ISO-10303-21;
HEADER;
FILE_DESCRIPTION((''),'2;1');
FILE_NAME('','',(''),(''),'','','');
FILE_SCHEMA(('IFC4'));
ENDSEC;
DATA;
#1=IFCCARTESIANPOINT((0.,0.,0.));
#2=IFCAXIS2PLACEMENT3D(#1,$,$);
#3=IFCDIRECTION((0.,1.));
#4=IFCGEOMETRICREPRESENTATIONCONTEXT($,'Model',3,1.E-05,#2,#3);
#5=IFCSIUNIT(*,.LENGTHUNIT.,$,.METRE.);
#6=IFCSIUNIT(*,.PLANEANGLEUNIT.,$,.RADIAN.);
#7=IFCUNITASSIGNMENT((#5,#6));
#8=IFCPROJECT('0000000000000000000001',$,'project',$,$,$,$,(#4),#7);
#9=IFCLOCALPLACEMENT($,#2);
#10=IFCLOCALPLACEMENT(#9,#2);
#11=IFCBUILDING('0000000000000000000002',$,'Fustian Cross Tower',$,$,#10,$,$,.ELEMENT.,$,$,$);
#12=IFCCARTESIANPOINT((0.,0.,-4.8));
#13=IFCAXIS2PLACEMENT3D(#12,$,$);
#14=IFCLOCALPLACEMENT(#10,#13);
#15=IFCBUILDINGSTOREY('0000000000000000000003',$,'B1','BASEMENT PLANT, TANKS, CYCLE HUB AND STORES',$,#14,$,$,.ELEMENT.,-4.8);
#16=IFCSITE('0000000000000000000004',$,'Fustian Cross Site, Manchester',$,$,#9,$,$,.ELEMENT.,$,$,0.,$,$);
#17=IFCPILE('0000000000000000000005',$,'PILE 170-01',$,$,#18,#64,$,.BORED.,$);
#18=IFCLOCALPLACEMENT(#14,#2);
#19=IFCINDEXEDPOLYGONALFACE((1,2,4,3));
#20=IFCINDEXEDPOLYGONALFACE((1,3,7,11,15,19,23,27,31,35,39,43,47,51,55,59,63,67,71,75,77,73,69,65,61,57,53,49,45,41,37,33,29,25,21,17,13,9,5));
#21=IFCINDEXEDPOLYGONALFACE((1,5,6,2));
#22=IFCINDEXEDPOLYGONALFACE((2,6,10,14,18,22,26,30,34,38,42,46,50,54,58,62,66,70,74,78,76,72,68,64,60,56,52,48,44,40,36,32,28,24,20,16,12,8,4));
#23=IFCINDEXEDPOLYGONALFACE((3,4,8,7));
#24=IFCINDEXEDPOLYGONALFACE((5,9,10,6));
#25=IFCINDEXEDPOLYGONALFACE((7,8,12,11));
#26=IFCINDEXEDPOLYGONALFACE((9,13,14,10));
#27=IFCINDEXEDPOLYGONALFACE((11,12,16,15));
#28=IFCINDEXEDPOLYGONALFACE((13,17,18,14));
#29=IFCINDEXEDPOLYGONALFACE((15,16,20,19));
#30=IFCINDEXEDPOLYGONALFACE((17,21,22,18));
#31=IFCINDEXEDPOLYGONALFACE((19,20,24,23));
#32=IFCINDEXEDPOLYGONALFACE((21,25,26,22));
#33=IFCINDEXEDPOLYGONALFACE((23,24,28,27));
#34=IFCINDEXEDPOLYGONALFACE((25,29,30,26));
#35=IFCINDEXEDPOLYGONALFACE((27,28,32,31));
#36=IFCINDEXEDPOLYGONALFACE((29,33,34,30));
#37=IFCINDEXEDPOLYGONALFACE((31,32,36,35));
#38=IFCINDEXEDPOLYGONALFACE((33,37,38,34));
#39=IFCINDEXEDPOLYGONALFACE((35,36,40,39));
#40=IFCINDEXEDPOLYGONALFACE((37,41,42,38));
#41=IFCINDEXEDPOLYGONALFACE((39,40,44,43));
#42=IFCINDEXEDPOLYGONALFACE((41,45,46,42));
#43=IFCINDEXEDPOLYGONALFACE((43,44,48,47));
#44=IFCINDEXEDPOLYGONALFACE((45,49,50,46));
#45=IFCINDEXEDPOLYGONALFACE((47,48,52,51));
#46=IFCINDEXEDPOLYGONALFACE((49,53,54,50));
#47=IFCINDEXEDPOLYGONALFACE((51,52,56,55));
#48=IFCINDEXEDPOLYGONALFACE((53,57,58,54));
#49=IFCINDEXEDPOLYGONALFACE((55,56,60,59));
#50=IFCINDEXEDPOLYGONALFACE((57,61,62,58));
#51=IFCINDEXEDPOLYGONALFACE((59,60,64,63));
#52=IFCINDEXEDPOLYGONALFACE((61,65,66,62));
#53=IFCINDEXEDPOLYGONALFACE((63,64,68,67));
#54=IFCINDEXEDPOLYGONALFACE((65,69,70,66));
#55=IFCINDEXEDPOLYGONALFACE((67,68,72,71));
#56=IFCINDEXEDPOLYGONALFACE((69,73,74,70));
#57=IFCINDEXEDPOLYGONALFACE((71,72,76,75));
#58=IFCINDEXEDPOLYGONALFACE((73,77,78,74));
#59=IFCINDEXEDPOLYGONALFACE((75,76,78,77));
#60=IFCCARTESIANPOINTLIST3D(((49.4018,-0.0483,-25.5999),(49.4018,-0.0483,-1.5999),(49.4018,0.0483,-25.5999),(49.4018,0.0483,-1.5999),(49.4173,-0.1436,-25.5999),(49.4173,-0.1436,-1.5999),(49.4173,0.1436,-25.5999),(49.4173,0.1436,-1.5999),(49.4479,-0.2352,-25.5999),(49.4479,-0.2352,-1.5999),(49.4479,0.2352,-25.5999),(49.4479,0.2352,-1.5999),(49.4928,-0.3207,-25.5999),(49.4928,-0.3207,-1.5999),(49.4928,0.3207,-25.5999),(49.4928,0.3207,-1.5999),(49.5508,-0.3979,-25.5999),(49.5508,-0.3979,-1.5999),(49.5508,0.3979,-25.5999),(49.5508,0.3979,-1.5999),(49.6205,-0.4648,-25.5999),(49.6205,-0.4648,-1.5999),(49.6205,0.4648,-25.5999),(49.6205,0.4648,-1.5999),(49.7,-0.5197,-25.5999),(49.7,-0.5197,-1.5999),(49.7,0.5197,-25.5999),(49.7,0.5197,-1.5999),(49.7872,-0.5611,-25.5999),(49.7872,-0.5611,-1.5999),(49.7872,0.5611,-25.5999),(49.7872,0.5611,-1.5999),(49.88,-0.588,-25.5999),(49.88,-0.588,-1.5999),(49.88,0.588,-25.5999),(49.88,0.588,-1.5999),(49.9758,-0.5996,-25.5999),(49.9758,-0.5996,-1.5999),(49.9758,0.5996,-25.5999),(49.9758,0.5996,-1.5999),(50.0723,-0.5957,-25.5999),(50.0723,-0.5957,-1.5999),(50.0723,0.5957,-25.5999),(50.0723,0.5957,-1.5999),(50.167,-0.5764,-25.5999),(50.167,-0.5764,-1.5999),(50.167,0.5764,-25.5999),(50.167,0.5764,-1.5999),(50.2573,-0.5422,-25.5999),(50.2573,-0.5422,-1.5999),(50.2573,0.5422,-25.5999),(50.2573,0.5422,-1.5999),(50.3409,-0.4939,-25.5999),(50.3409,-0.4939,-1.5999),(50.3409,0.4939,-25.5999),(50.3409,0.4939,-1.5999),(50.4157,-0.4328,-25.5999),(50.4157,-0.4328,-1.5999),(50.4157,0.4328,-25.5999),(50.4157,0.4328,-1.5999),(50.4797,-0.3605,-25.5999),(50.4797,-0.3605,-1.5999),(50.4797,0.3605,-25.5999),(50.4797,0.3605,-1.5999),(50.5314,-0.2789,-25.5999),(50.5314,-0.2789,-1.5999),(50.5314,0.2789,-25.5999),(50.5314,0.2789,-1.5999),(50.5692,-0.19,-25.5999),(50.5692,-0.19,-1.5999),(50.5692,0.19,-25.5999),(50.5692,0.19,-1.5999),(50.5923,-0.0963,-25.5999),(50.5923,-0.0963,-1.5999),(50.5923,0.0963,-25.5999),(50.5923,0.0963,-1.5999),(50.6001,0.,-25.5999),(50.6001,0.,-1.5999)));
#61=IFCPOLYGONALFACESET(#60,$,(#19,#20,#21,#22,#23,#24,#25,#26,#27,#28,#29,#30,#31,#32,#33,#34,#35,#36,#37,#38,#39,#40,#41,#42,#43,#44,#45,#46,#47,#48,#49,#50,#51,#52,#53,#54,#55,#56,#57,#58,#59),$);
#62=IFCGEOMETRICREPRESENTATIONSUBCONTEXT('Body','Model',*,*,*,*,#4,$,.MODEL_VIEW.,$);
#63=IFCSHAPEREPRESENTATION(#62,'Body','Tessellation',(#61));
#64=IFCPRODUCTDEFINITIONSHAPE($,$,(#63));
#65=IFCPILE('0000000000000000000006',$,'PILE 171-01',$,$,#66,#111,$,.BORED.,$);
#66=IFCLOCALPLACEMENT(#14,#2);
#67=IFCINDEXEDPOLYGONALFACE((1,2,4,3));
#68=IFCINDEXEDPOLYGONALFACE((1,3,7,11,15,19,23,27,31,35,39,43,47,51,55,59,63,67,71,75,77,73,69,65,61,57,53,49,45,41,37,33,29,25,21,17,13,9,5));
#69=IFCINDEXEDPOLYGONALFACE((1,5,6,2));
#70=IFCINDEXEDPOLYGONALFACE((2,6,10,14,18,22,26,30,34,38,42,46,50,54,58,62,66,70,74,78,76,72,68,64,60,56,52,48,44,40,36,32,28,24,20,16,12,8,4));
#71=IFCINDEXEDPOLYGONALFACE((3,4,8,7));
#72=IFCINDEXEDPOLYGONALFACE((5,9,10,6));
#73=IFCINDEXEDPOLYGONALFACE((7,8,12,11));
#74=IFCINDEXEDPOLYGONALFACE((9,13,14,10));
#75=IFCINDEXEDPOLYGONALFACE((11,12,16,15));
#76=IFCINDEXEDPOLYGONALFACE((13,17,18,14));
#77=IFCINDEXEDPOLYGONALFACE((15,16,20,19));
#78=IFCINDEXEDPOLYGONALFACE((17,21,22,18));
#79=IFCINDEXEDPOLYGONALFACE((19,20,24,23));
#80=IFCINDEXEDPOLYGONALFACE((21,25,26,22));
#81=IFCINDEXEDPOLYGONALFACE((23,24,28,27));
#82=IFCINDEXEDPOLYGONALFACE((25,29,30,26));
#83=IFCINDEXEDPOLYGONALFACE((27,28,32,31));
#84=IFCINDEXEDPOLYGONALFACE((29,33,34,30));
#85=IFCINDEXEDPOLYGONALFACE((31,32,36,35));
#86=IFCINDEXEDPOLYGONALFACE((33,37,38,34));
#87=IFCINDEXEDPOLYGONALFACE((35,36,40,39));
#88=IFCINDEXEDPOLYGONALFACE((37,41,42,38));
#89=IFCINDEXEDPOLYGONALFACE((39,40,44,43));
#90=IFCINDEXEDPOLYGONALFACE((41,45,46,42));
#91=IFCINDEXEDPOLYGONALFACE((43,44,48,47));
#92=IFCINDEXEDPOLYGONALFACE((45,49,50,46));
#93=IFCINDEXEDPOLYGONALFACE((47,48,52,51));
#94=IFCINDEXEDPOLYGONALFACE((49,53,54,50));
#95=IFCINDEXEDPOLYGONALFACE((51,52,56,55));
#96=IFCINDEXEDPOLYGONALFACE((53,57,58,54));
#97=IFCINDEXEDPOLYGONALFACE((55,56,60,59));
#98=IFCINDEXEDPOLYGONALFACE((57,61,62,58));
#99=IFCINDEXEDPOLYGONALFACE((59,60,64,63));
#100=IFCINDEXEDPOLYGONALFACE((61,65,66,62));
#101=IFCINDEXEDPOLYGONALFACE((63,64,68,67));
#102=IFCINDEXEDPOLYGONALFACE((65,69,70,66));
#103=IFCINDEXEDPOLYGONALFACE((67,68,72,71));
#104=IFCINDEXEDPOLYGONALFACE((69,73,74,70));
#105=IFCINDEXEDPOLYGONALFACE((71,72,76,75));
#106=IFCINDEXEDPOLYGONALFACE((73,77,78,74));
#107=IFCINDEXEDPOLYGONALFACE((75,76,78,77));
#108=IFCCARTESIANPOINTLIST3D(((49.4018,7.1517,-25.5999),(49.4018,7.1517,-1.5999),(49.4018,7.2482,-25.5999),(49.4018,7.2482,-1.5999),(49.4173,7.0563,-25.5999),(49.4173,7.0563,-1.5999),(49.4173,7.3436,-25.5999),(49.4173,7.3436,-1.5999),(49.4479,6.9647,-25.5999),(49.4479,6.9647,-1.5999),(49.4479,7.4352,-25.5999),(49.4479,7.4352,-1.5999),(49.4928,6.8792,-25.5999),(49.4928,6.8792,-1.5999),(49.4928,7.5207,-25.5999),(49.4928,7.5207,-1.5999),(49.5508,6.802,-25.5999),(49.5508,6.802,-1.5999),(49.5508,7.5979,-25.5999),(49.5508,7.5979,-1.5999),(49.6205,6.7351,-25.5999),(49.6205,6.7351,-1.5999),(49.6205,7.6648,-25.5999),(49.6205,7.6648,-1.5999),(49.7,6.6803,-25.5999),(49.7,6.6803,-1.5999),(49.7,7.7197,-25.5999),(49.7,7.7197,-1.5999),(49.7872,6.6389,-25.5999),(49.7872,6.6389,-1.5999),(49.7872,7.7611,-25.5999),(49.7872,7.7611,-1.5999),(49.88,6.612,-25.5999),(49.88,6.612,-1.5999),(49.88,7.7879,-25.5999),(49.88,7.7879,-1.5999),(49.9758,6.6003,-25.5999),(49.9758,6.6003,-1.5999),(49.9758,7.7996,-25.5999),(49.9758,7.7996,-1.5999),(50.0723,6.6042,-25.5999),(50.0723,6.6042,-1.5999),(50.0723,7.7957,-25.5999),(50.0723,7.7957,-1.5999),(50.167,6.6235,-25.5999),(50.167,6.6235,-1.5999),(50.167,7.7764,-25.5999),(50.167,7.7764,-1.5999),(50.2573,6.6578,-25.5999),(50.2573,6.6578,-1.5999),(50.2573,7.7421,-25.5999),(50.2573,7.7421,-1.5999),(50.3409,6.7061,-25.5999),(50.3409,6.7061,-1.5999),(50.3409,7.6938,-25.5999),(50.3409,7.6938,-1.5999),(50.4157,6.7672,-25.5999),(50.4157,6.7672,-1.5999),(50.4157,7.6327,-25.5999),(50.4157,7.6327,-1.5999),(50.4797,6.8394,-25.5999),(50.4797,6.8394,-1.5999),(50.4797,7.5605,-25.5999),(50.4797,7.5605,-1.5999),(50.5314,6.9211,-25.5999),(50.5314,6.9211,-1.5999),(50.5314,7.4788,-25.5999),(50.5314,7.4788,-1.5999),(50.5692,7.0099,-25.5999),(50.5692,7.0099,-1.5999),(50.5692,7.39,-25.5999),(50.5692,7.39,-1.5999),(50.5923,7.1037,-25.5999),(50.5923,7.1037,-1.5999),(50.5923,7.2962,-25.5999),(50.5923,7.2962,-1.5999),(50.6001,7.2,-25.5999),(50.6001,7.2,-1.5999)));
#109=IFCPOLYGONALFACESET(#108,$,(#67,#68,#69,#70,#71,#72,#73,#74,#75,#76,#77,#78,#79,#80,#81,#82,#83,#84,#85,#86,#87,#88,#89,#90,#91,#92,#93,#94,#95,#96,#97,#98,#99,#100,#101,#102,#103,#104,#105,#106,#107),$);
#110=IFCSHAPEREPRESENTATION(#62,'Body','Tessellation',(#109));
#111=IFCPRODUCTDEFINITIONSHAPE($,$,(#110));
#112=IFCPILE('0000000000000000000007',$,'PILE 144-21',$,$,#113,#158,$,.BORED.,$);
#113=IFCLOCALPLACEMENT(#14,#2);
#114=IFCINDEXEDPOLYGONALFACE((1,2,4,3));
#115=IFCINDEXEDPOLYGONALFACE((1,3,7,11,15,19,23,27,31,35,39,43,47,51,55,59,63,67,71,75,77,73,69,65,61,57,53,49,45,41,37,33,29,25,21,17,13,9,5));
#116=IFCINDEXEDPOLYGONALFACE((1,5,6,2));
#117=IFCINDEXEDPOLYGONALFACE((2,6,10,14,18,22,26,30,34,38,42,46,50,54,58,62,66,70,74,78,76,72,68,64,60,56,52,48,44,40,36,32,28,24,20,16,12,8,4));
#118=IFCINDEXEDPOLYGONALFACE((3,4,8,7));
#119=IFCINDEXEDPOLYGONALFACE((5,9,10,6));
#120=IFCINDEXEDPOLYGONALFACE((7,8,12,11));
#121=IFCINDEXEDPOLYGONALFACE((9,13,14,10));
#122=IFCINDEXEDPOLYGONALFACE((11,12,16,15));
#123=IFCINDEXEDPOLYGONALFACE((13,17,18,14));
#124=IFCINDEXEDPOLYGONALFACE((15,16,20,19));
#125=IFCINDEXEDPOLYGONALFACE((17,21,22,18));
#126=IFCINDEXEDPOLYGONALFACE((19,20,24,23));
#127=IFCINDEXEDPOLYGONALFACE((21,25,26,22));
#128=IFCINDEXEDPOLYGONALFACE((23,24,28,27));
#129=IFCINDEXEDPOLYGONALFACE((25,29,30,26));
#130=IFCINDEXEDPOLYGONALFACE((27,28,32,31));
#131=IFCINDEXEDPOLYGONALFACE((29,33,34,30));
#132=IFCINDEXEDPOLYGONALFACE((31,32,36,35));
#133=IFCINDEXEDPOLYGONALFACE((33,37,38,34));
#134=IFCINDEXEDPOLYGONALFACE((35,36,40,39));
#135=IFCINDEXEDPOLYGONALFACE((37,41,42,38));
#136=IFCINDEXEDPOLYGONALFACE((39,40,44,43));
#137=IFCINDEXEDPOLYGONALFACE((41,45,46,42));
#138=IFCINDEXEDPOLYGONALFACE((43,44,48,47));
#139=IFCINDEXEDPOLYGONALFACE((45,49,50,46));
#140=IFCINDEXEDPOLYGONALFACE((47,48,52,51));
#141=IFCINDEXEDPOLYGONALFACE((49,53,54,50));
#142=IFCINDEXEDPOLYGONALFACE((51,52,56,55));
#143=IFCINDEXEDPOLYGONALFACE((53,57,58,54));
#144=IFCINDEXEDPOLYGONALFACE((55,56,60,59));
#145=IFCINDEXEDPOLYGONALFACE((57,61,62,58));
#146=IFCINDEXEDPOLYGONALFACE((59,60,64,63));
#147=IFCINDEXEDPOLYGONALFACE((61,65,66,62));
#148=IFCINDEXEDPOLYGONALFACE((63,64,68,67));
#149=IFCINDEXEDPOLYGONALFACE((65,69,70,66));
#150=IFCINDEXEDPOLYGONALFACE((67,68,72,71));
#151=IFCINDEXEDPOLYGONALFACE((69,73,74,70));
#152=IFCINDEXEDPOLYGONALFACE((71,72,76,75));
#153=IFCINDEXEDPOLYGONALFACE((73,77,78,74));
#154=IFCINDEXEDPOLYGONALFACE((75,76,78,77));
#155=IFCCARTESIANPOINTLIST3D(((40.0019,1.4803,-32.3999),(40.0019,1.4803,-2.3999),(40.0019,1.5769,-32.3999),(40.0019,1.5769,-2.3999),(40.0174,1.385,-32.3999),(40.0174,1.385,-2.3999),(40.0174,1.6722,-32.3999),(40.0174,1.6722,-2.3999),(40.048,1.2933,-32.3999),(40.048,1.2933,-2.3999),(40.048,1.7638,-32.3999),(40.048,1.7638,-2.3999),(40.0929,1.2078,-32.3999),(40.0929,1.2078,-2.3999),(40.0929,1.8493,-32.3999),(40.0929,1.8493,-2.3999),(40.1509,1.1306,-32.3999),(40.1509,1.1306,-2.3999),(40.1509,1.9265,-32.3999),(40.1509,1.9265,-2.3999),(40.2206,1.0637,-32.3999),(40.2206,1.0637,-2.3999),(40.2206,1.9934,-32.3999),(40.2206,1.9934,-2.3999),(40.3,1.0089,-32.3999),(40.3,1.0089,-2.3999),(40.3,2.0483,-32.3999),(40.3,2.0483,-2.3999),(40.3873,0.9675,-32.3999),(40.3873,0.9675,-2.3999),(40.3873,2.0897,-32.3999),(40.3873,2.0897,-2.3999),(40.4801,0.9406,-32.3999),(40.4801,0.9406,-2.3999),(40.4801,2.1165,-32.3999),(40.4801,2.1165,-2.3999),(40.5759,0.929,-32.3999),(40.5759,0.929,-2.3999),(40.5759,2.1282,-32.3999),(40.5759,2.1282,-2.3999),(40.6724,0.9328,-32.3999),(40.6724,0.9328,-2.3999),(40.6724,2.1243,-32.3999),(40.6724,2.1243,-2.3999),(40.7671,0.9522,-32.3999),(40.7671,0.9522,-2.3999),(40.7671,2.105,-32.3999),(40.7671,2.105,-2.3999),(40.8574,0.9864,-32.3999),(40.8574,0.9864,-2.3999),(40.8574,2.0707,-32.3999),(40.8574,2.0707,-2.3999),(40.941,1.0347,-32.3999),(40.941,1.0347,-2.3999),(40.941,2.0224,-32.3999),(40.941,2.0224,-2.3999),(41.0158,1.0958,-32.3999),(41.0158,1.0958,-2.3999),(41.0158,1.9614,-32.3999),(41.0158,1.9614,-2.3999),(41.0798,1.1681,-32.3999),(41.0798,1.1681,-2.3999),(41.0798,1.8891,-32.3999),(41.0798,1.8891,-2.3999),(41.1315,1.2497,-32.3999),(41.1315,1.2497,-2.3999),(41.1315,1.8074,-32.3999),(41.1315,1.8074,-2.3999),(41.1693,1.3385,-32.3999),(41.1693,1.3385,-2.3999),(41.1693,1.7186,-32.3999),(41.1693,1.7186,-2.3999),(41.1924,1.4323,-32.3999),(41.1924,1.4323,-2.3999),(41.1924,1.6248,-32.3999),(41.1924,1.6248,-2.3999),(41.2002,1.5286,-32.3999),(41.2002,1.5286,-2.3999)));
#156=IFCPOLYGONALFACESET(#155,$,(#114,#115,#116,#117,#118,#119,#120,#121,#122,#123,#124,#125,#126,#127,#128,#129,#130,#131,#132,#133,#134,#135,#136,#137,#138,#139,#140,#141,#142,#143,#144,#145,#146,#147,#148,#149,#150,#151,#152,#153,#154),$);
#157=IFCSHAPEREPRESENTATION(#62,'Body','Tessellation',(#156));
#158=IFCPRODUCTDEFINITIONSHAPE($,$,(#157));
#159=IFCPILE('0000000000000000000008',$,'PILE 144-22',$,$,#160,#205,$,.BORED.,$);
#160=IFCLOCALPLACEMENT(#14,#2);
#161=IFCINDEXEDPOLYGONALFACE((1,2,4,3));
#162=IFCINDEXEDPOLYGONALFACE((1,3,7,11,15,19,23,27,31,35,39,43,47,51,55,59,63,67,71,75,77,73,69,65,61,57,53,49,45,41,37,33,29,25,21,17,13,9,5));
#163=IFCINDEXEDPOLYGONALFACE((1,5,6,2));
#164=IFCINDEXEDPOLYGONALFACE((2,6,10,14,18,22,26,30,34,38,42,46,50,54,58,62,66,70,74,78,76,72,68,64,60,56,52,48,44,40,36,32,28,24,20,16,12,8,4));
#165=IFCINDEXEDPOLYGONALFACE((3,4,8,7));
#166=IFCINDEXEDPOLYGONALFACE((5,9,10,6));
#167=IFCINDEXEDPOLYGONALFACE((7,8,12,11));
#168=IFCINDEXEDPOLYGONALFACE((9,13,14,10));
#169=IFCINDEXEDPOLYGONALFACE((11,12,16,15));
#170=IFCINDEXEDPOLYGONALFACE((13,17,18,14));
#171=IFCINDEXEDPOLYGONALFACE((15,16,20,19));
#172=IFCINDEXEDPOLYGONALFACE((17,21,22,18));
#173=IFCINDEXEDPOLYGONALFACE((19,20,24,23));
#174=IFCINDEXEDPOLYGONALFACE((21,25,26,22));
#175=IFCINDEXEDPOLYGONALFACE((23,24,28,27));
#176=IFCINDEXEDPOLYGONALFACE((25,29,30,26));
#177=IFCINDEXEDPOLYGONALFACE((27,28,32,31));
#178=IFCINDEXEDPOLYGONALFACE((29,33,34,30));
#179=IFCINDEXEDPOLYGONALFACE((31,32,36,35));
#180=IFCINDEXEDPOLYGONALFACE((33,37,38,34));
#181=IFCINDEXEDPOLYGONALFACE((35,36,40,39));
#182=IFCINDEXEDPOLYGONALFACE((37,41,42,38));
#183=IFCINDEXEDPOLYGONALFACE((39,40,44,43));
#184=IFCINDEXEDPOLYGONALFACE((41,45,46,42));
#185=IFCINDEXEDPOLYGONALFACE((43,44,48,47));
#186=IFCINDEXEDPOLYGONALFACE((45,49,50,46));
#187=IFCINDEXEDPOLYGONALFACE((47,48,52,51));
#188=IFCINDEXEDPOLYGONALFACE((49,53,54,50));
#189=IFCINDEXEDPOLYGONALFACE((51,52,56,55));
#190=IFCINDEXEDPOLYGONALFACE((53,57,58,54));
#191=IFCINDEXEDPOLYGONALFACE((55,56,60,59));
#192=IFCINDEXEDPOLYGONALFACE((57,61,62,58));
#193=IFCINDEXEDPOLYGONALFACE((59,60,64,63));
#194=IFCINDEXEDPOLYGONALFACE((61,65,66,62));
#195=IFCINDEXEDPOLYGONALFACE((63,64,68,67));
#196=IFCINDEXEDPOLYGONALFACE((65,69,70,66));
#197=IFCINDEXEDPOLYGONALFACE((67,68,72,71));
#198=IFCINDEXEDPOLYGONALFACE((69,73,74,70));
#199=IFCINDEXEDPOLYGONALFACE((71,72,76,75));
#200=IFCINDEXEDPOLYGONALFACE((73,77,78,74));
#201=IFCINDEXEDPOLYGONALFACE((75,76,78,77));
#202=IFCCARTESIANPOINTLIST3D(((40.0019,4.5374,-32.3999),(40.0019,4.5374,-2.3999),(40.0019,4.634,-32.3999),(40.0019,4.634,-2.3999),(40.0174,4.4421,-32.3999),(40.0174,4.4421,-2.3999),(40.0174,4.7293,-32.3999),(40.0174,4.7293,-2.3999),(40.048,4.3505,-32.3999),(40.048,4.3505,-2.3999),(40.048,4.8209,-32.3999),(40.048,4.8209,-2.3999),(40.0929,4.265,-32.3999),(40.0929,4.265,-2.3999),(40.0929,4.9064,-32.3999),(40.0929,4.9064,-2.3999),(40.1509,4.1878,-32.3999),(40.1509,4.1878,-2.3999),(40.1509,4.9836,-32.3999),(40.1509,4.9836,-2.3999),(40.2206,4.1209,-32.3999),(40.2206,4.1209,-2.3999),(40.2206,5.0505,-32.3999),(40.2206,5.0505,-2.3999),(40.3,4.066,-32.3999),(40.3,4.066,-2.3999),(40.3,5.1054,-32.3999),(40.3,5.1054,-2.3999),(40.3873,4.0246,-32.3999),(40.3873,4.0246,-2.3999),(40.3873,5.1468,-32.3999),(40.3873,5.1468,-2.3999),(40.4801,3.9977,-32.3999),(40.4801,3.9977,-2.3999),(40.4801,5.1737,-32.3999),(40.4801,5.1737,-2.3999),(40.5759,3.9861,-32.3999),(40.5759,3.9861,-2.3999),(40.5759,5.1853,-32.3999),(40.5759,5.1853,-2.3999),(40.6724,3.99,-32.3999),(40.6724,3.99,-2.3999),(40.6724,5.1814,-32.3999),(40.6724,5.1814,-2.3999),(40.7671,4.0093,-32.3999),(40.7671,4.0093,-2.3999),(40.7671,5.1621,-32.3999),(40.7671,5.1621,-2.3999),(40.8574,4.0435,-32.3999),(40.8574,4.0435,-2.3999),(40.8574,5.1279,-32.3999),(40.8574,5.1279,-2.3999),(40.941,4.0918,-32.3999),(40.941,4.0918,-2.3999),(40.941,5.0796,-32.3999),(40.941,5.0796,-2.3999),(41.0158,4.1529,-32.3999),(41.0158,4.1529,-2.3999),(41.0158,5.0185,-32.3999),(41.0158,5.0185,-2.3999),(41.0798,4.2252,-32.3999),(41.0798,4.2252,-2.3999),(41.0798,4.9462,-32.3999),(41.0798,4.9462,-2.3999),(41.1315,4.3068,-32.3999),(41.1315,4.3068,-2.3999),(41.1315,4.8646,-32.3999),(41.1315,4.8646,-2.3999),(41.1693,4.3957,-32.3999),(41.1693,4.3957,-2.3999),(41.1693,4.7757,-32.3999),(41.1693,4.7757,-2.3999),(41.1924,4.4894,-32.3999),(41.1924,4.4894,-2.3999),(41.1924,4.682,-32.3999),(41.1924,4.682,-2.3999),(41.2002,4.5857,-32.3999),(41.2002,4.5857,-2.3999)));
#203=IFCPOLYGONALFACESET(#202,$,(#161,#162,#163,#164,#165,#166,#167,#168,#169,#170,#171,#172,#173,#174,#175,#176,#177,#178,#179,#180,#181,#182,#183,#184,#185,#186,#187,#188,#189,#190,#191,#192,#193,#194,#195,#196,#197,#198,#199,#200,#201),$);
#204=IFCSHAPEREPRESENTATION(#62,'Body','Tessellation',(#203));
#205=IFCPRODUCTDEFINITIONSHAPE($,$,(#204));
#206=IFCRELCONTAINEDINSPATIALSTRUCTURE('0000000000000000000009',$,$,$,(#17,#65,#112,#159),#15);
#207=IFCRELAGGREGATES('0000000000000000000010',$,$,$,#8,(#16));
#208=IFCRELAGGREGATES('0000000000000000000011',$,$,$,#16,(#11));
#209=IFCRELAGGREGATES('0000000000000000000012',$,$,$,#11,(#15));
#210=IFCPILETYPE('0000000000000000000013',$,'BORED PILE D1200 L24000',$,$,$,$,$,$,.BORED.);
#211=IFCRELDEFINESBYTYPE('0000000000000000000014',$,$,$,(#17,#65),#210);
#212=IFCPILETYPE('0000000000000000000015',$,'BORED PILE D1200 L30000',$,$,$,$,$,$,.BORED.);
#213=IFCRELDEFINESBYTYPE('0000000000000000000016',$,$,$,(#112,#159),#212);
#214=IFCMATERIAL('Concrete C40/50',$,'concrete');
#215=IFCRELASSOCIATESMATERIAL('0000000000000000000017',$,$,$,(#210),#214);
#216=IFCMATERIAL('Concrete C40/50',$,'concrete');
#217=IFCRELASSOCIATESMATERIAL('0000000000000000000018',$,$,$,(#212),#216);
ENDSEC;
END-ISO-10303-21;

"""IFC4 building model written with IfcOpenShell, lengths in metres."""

from ifc_helpers import new_model, si_unit, direction, frame, origin, origin_2d, place, context, subcontext, project, spatial, circle, extrude, material, material_profile, profile_set, type_object, element, save


model = new_model("IFC4")

# Units and contexts
model_context = context("Model", 3, precision=1e-05, world=origin(), true_north=direction((0.0, 1.0)))
body_context = subcontext(model_context, "Body", "Model", "MODEL_VIEW")
ifc_project = project(units=[si_unit("LENGTHUNIT", "METRE"), si_unit("PLANEANGLEUNIT", "RADIAN")], contexts=[model_context])

# Site, building, storey
site_placement = place(None, origin())
site = spatial("IfcSite", under=ifc_project, at=site_placement, Name="Fustian Cross Site, Manchester", CompositionType="ELEMENT", RefElevation=0.0)
building_placement = place(site_placement, origin())
building = spatial("IfcBuilding", under=site, at=building_placement, Name="Fustian Cross Tower", CompositionType="ELEMENT")
storey_placement = place(building_placement, frame((0.0, 0.0, -4.8)))
storey = spatial("IfcBuildingStorey", under=building, at=storey_placement, Name="B1", Description="BASEMENT PLANT, TANKS, CYCLE HUB AND STORES", CompositionType="ELEMENT", Elevation=-4.8)

# Piles
ifc_material_1 = material(Name="Concrete C40/50", Category="concrete")
ifc_material_profile_1 = material_profile(ifc_material_1, circle(Radius=0.6001, at=origin_2d()), Name="BORED PILE D1200 L24000")
ifc_profile_set_1 = profile_set([ifc_material_profile_1], Name="Concrete C40/50")
pile_type_1 = type_object("IfcPileType", Name="BORED PILE D1200 L24000", PredefinedType="BORED", material=ifc_profile_set_1)
for number, where, z_axis, x_axis, name in (
    (1, (50.0, 0.0, -1.5999), (0.0, 0.0, -1.0), (1.0, 0.0, 0.0), "PILE 170-01"),
    (2, (50.0, 7.2, -1.5999), (0.0, 0.0, -1.0), (1.0, 0.0, 0.0), "PILE 171-01"),
):
    element("IfcPile", number, at=place(storey_placement, frame(where, z_axis=z_axis, x_axis=x_axis)), inside=storey, type_object=pile_type_1, Name=name, PredefinedType="BORED", context=body_context, shape_type="SweptSolid", body=[
        extrude(circle(Radius=0.6001, at=origin_2d()), origin(), (0.0, 0.0, 1.0), 24.0),
    ])
ifc_material_2 = material(Name="Concrete C40/50", Category="concrete")
ifc_material_profile_2 = material_profile(ifc_material_2, circle(Radius=0.6001, at=origin_2d()), Name="BORED PILE D1200 L30000")
ifc_profile_set_2 = profile_set([ifc_material_profile_2], Name="Concrete C40/50")
pile_type_2 = type_object("IfcPileType", Name="BORED PILE D1200 L30000", PredefinedType="BORED", material=ifc_profile_set_2)
for number, where, z_axis, x_axis, name in (
    (3, (40.6001, 1.5286, -2.3999), (0.0, 0.0, -1.0), (1.0, 0.0, 0.0), "PILE 144-21"),
    (4, (40.6001, 4.5857, -2.3999), (0.0, 0.0, -1.0), (1.0, 0.0, 0.0), "PILE 144-22"),
):
    element("IfcPile", number, at=place(storey_placement, frame(where, z_axis=z_axis, x_axis=x_axis)), inside=storey, type_object=pile_type_2, Name=name, PredefinedType="BORED", context=body_context, shape_type="SweptSolid", body=[
        extrude(circle(Radius=0.6001, at=origin_2d()), origin(), (0.0, 0.0, 1.0), 30.0),
    ])

save(model, "model.ifc")
